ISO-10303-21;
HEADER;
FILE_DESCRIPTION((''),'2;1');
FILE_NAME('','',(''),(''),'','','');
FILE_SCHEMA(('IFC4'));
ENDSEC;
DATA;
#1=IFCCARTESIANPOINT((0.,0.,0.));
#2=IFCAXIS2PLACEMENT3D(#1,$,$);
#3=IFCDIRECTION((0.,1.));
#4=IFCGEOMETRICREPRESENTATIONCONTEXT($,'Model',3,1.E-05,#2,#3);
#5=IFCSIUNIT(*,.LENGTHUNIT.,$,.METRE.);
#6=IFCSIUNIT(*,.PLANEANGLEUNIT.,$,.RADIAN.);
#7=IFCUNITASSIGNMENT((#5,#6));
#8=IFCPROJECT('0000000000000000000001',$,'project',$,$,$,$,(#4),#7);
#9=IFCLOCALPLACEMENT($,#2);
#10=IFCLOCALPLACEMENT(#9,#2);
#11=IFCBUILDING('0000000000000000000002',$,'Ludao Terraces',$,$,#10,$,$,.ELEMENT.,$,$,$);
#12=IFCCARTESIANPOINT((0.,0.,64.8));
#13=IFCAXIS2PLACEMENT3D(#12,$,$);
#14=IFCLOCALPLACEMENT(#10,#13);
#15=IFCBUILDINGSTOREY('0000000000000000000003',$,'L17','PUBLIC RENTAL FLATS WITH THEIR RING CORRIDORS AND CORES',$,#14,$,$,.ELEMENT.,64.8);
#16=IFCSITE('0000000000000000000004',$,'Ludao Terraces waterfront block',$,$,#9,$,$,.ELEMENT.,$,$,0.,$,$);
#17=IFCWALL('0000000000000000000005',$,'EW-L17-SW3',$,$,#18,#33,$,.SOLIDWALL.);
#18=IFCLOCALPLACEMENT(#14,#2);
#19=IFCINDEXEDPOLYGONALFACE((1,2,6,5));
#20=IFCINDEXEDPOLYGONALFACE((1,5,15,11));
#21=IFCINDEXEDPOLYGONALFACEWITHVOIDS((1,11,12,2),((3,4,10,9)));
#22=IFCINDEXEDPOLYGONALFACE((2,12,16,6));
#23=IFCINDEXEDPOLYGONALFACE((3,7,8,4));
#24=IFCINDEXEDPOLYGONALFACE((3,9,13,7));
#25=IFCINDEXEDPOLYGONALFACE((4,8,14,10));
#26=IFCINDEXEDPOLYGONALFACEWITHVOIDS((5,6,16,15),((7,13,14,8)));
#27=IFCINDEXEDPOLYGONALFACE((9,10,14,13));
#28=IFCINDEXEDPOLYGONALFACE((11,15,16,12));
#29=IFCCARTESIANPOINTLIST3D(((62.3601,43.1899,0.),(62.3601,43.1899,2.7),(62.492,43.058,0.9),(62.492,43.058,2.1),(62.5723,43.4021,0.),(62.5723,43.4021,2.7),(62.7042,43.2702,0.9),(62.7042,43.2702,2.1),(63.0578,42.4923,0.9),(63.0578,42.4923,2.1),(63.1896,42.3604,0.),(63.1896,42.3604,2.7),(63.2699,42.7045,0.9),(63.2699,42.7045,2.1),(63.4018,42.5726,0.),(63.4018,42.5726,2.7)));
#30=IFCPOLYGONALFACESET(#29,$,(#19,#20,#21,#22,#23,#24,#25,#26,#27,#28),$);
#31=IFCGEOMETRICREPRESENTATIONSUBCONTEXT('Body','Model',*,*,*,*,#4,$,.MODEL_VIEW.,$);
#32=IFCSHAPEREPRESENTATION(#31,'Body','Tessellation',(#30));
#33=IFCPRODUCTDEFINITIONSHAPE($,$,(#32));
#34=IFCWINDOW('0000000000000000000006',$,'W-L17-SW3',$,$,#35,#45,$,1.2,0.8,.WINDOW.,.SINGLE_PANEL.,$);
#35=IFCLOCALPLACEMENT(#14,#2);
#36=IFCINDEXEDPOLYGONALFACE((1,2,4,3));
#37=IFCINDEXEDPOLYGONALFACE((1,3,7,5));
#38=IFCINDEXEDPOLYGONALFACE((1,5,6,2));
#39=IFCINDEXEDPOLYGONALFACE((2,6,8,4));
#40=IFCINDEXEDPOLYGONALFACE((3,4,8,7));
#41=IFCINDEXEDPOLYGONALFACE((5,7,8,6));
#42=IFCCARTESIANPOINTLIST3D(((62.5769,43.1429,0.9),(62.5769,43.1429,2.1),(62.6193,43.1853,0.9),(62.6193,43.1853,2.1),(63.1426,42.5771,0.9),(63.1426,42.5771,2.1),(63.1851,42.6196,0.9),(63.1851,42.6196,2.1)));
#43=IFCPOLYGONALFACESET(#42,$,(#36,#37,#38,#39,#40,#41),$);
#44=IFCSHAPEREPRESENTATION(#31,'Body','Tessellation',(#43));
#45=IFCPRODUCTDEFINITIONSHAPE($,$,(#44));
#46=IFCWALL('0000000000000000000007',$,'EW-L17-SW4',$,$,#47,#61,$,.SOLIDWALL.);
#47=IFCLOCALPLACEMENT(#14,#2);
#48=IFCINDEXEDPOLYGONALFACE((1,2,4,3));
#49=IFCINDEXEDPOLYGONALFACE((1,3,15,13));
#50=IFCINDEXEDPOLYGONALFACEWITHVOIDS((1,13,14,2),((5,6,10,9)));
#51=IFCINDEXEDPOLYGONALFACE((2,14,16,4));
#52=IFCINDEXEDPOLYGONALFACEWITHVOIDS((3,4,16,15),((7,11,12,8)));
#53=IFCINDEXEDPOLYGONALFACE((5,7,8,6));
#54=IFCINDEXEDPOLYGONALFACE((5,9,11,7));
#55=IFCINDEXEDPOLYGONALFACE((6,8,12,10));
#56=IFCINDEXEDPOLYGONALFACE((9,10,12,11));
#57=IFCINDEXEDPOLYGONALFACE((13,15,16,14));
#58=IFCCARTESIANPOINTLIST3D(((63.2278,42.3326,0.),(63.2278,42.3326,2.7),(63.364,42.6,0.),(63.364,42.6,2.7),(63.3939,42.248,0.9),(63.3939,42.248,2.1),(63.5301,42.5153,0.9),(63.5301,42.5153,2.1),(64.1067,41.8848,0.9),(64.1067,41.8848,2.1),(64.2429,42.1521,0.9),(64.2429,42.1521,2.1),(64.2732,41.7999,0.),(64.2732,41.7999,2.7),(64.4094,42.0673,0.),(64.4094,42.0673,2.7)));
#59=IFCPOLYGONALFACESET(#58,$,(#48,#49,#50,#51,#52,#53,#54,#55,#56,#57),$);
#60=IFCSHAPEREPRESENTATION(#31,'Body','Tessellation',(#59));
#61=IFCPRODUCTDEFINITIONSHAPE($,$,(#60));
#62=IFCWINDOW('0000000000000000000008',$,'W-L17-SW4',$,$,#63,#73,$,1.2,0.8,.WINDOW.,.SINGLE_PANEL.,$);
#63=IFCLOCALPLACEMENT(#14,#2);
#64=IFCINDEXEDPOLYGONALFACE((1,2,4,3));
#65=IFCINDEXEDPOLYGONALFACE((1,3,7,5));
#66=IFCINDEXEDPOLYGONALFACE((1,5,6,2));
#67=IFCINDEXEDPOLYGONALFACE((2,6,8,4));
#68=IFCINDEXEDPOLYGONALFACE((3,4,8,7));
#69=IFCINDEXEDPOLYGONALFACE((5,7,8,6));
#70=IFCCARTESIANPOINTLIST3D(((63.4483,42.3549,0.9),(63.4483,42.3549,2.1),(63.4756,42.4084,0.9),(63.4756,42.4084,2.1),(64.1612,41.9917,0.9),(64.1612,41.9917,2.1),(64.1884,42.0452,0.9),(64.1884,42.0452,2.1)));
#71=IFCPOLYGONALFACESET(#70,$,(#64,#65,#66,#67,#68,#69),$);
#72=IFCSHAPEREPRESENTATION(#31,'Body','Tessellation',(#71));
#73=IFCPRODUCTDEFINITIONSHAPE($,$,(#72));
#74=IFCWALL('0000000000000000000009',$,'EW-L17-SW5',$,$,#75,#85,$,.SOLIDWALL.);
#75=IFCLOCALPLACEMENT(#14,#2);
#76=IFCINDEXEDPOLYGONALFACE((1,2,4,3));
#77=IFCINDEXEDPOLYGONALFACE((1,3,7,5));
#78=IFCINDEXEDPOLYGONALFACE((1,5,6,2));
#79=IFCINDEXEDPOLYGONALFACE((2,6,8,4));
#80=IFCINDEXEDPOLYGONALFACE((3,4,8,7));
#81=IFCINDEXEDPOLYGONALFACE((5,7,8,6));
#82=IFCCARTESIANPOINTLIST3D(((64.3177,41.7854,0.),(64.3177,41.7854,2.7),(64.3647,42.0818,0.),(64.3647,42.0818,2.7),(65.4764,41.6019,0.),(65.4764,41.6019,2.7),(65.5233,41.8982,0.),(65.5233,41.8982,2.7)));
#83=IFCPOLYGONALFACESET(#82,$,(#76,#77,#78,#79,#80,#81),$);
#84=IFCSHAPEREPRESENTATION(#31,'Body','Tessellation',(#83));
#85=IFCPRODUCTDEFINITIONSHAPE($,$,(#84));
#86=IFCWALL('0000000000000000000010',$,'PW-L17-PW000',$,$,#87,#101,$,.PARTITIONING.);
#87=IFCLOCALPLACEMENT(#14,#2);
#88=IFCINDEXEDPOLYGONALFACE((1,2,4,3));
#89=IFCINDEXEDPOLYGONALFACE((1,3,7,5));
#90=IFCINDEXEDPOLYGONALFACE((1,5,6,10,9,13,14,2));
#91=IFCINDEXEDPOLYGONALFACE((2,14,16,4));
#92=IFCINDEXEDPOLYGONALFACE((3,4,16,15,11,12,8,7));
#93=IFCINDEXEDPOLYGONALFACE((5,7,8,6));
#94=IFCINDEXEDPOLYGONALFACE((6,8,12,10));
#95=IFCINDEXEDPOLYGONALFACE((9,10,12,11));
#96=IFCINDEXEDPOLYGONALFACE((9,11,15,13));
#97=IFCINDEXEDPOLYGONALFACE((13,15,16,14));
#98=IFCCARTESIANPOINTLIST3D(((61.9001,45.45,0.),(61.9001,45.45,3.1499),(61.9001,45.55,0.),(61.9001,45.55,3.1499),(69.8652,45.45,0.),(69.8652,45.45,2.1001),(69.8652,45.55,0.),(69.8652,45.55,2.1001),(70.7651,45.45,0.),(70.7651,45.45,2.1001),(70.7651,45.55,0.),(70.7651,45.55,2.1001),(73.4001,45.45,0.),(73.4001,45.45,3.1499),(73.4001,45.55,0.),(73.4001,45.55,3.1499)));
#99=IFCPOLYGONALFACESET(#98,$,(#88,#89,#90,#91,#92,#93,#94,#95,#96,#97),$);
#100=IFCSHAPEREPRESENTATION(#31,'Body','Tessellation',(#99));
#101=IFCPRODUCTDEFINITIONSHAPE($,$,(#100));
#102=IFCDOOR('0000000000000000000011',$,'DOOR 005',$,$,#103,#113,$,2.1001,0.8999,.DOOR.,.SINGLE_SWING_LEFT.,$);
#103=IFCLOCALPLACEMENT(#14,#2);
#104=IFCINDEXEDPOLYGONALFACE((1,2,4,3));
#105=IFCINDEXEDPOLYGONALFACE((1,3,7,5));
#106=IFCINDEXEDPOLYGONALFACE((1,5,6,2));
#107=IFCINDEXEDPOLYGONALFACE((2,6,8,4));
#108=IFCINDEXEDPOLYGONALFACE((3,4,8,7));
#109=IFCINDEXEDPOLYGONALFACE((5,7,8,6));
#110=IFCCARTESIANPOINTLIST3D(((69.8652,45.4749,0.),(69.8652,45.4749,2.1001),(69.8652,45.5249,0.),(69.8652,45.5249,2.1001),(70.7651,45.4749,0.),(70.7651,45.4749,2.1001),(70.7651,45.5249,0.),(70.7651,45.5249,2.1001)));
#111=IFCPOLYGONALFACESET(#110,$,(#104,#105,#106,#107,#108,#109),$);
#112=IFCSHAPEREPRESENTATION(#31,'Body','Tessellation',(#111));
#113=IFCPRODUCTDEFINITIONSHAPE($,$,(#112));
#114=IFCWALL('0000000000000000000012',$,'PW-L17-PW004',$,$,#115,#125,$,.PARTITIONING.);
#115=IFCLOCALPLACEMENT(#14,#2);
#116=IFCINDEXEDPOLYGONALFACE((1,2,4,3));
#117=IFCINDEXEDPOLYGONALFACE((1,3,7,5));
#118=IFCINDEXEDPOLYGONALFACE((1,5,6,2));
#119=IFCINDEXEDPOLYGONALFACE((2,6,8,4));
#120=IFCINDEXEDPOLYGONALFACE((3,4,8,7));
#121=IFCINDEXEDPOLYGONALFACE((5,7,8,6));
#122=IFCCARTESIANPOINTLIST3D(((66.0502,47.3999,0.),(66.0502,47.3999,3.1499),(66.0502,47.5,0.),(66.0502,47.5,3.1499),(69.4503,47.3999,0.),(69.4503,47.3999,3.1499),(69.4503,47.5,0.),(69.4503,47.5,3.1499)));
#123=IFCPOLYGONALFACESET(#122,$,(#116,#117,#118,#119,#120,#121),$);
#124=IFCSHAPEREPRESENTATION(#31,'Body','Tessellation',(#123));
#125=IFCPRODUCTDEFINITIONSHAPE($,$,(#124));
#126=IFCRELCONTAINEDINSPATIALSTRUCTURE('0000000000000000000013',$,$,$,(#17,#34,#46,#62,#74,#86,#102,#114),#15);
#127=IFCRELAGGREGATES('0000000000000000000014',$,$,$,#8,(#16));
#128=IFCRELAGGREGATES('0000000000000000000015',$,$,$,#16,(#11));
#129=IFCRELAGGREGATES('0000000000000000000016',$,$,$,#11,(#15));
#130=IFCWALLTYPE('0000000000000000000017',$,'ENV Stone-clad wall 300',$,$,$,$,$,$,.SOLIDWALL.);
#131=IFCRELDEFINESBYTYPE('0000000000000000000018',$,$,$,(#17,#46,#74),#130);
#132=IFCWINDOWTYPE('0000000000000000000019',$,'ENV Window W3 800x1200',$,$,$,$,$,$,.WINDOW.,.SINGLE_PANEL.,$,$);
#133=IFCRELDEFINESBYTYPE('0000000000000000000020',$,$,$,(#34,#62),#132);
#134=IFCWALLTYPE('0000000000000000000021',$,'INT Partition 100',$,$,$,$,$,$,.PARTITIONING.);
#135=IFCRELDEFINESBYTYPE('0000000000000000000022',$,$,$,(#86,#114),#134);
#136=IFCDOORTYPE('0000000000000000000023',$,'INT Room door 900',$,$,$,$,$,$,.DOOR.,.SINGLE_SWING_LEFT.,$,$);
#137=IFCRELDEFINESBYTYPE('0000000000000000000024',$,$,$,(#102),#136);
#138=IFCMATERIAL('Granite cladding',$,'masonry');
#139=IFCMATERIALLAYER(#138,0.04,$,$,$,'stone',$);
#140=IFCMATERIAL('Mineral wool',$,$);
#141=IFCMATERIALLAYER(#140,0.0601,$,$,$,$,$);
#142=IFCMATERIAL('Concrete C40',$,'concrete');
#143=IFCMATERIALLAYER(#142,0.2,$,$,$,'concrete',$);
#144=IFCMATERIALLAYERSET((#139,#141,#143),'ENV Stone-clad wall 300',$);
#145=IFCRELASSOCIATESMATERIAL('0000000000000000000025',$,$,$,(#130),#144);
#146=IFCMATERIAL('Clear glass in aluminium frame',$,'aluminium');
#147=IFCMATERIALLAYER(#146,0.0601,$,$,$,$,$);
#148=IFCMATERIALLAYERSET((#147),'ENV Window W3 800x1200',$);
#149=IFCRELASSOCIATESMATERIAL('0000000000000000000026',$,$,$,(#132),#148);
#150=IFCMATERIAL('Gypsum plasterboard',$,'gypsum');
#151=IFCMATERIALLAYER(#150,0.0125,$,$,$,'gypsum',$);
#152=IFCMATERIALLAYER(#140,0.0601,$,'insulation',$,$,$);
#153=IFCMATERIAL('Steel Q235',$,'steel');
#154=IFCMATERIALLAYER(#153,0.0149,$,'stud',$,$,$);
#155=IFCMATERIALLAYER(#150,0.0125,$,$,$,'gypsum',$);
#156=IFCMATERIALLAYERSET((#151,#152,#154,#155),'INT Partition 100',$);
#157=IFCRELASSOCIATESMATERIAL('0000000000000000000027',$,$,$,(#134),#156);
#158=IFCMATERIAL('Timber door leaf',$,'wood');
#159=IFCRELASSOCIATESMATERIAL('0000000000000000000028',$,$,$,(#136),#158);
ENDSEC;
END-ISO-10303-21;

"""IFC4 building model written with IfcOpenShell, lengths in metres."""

from ifc_helpers import new_model, si_unit, direction, frame, frame_2d, origin, place, context, subcontext, project, spatial, rectangle, extrude, material, layer, layer_set, type_object, element, fill, save


model = new_model("IFC4")

# Units and contexts
model_context = context("Model", 3, precision=1e-05, world=origin(), true_north=direction((0.0, 1.0)))
body_context = subcontext(model_context, "Body", "Model", "MODEL_VIEW")
ifc_project = project(units=[si_unit("LENGTHUNIT", "METRE"), si_unit("PLANEANGLEUNIT", "RADIAN")], contexts=[model_context])

# Site, building, storey
site_placement = place(None, origin())
site = spatial("IfcSite", under=ifc_project, at=site_placement, Name="Ludao Terraces waterfront block", CompositionType="ELEMENT", RefElevation=0.0)
building_placement = place(site_placement, origin())
building = spatial("IfcBuilding", under=site, at=building_placement, Name="Ludao Terraces", CompositionType="ELEMENT")
storey_placement = place(building_placement, frame((0.0, 0.0, 64.8)))
storey = spatial("IfcBuildingStorey", under=building, at=storey_placement, Name="L17", Description="PUBLIC RENTAL FLATS WITH THEIR RING CORRIDORS AND CORES", CompositionType="ELEMENT", Elevation=64.8)

# Shared definitions
ifc_material_1 = material(Name="Concrete C40", Category="concrete")

# Shared definitions
ifc_material_2 = material(Name="Granite cladding", Category="masonry")
ifc_layer_1 = layer(ifc_material_2, 0.04, Category="stone")
ifc_material_3 = material(Name="Mineral wool")
ifc_layer_2 = layer(ifc_material_3, 0.0601)
ifc_layer_3 = layer(ifc_material_1, 0.2, Category="concrete")
ifc_layer_set_1 = layer_set([ifc_layer_1, ifc_layer_2, ifc_layer_3], Name="ENV Stone-clad wall 300")
wall_type_1 = type_object("IfcWallType", Name="ENV Stone-clad wall 300", PredefinedType="SOLIDWALL", material=ifc_layer_set_1)
ifc_material_4 = material(Name="Clear glass in aluminium frame", Category="aluminium")

# Walls, openings, windows
ifc_layer_4 = layer(ifc_material_4, 0.0601)
ifc_layer_set_2 = layer_set([ifc_layer_4], Name="ENV Window W3 800x1200")
window_type_1 = type_object("IfcWindowType", Name="ENV Window W3 800x1200", PartitioningType="SINGLE_PANEL", PredefinedType="WINDOW", material=ifc_layer_set_2)
wall_1_placement = place(storey_placement, frame((62.4663, 43.2959, 0.0), z_axis=(0.0, 0.0, 1.0), x_axis=(0.707107, -0.707107, 0.0)))
wall_1 = element("IfcWall", 1, at=wall_1_placement, inside=storey, type_object=wall_type_1, Name="EW-L17-SW3", PredefinedType="SOLIDWALL", context=body_context, shape_type="SweptSolid", body=[
    extrude(rectangle(XDim=1.1731, YDim=0.3, at=frame_2d((0.5864, 0.0))), origin(), (0.0, 0.0, 1.0), 2.7),
])
opening_1_placement = place(wall_1_placement, frame((0.1865, 0.0, 0.8999)))
opening_1 = element("IfcOpeningElement", 2, at=opening_1_placement, cuts=wall_1, PredefinedType="OPENING", context=body_context, shape_type="SweptSolid", body=[
    extrude(rectangle(XDim=0.8, YDim=1.2, at=frame_2d((0.3999, 0.6001))), frame((0.0, 0.1602, 0.0), z_axis=(0.0, -1.0, 0.0), x_axis=(1.0, 0.0, 0.0)), (0.0, 0.0, 1.0), 0.3201),
])
window_1_placement = place(opening_1_placement, origin())
window_1 = element("IfcWindow", 3, at=window_1_placement, inside=storey, type_object=window_type_1, Name="W-L17-SW3", OverallHeight=1.2, OverallWidth=0.8, PartitioningType="SINGLE_PANEL", PredefinedType="WINDOW", context=body_context, shape_type="SweptSolid", body=[
    extrude(rectangle(XDim=0.8, YDim=1.2, at=frame_2d((0.3999, 0.6001))), frame((0.0, 0.03, 0.0), z_axis=(0.0, -1.0, 0.0), x_axis=(1.0, 0.0, 0.0)), (0.0, 0.0, 1.0), 0.0601),
])
fill(opening_1, window_1)
wall_2_placement = place(storey_placement, frame((63.2959, 42.4663, 0.0), z_axis=(0.0, 0.0, 1.0), x_axis=(0.890989, -0.454026, 0.0)))
wall_2 = element("IfcWall", 4, at=wall_2_placement, inside=storey, type_object=wall_type_1, Name="EW-L17-SW4", PredefinedType="SOLIDWALL", context=body_context, shape_type="SweptSolid", body=[
    extrude(rectangle(XDim=1.1733, YDim=0.3, at=frame_2d((0.5867, 0.0))), origin(), (0.0, 0.0, 1.0), 2.7),
])
opening_2_placement = place(wall_2_placement, frame((0.1865, 0.0, 0.8999)))
opening_2 = element("IfcOpeningElement", 5, at=opening_2_placement, cuts=wall_2, PredefinedType="OPENING", context=body_context, shape_type="SweptSolid", body=[
    extrude(rectangle(XDim=0.8, YDim=1.2, at=frame_2d((0.3999, 0.6001))), frame((0.0, 0.1602, 0.0), z_axis=(0.0, -1.0, 0.0), x_axis=(1.0, 0.0, 0.0)), (0.0, 0.0, 1.0), 0.3201),
])
window_2_placement = place(opening_2_placement, origin())
window_2 = element("IfcWindow", 6, at=window_2_placement, inside=storey, type_object=window_type_1, Name="W-L17-SW4", OverallHeight=1.2, OverallWidth=0.8, PartitioningType="SINGLE_PANEL", PredefinedType="WINDOW", context=body_context, shape_type="SweptSolid", body=[
    extrude(rectangle(XDim=0.8, YDim=1.2, at=frame_2d((0.3999, 0.6001))), frame((0.0, 0.03, 0.0), z_axis=(0.0, -1.0, 0.0), x_axis=(1.0, 0.0, 0.0)), (0.0, 0.0, 1.0), 0.0601),
])
fill(opening_2, window_2)

# Wall
wall_3_placement = place(storey_placement, frame((64.3413, 41.9336, 0.0), z_axis=(0.0, 0.0, 1.0), x_axis=(0.987678, -0.156497, 0.0)))
element("IfcWall", 7, at=wall_3_placement, inside=storey, type_object=wall_type_1, Name="EW-L17-SW5", PredefinedType="SOLIDWALL", context=body_context, shape_type="SweptSolid", body=[
    extrude(rectangle(XDim=1.1731, YDim=0.3, at=frame_2d((0.5864, 0.0))), origin(), (0.0, 0.0, 1.0), 2.7),
])

# Wall, opening, door
ifc_material_5 = material(Name="Gypsum plasterboard", Category="gypsum")
ifc_layer_5 = layer(ifc_material_5, 0.0125, Category="gypsum")
ifc_layer_6 = layer(ifc_material_3, 0.0601, Name="insulation")
ifc_material_6 = material(Name="Steel Q235", Category="steel")
ifc_layer_7 = layer(ifc_material_6, 0.0149, Name="stud")
ifc_layer_8 = layer(ifc_material_5, 0.0125, Category="gypsum")
ifc_layer_set_3 = layer_set([ifc_layer_5, ifc_layer_6, ifc_layer_7, ifc_layer_8], Name="INT Partition 100")
wall_type_2 = type_object("IfcWallType", Name="INT Partition 100", PredefinedType="PARTITIONING", material=ifc_layer_set_3)
wall_4_placement = place(storey_placement, frame((61.9001, 45.5, 0.0), z_axis=(0.0, 0.0, 1.0), x_axis=(1.0, 0.0, 0.0)))
wall_4 = element("IfcWall", 8, at=wall_4_placement, inside=storey, type_object=wall_type_2, Name="PW-L17-PW000", PredefinedType="PARTITIONING", context=body_context, shape_type="SweptSolid", body=[
    extrude(rectangle(XDim=11.5, YDim=0.1001, at=frame_2d((5.75, 0.0))), origin(), (0.0, 0.0, 1.0), 3.1499),
])
opening_3_placement = place(wall_4_placement, frame((7.9651, 0.0, 0.0)))
opening_3 = element("IfcOpeningElement", 9, at=opening_3_placement, cuts=wall_4, PredefinedType="OPENING", context=body_context, shape_type="SweptSolid", body=[
    extrude(rectangle(XDim=0.8999, YDim=2.1001, at=frame_2d((0.45, 1.05))), frame((0.0, 0.0601, 0.0), z_axis=(0.0, -1.0, 0.0), x_axis=(1.0, 0.0, 0.0)), (0.0, 0.0, 1.0), 0.1201),
])
ifc_material_7 = material(Name="Timber door leaf", Category="wood")
door_type_1 = type_object("IfcDoorType", Name="INT Room door 900", OperationType="SINGLE_SWING_LEFT", PredefinedType="DOOR", material=ifc_material_7)
door_1_placement = place(opening_3_placement, origin())
door_1 = element("IfcDoor", 10, at=door_1_placement, inside=storey, type_object=door_type_1, Name="DOOR 005", OperationType="SINGLE_SWING_LEFT", OverallHeight=2.1001, OverallWidth=0.8999, PredefinedType="DOOR", context=body_context, shape_type="SweptSolid", body=[
    extrude(rectangle(XDim=0.8999, YDim=2.1001, at=frame_2d((0.45, 1.05))), frame((0.0, 0.0249, 0.0), z_axis=(0.0, -1.0, 0.0), x_axis=(1.0, 0.0, 0.0)), (0.0, 0.0, 1.0), 0.05),
])
fill(opening_3, door_1)

# Wall
wall_5_placement = place(storey_placement, frame((66.05, 47.45, 0.0), z_axis=(0.0, 0.0, 1.0), x_axis=(1.0, 0.0, 0.0)))
element("IfcWall", 11, at=wall_5_placement, inside=storey, type_object=wall_type_2, Name="PW-L17-PW004", PredefinedType="PARTITIONING", context=body_context, shape_type="SweptSolid", body=[
    extrude(rectangle(XDim=3.4001, YDim=0.1001, at=frame_2d((1.7002, 0.0))), origin(), (0.0, 0.0, 1.0), 3.1499),
])

save(model, "model.ifc")
